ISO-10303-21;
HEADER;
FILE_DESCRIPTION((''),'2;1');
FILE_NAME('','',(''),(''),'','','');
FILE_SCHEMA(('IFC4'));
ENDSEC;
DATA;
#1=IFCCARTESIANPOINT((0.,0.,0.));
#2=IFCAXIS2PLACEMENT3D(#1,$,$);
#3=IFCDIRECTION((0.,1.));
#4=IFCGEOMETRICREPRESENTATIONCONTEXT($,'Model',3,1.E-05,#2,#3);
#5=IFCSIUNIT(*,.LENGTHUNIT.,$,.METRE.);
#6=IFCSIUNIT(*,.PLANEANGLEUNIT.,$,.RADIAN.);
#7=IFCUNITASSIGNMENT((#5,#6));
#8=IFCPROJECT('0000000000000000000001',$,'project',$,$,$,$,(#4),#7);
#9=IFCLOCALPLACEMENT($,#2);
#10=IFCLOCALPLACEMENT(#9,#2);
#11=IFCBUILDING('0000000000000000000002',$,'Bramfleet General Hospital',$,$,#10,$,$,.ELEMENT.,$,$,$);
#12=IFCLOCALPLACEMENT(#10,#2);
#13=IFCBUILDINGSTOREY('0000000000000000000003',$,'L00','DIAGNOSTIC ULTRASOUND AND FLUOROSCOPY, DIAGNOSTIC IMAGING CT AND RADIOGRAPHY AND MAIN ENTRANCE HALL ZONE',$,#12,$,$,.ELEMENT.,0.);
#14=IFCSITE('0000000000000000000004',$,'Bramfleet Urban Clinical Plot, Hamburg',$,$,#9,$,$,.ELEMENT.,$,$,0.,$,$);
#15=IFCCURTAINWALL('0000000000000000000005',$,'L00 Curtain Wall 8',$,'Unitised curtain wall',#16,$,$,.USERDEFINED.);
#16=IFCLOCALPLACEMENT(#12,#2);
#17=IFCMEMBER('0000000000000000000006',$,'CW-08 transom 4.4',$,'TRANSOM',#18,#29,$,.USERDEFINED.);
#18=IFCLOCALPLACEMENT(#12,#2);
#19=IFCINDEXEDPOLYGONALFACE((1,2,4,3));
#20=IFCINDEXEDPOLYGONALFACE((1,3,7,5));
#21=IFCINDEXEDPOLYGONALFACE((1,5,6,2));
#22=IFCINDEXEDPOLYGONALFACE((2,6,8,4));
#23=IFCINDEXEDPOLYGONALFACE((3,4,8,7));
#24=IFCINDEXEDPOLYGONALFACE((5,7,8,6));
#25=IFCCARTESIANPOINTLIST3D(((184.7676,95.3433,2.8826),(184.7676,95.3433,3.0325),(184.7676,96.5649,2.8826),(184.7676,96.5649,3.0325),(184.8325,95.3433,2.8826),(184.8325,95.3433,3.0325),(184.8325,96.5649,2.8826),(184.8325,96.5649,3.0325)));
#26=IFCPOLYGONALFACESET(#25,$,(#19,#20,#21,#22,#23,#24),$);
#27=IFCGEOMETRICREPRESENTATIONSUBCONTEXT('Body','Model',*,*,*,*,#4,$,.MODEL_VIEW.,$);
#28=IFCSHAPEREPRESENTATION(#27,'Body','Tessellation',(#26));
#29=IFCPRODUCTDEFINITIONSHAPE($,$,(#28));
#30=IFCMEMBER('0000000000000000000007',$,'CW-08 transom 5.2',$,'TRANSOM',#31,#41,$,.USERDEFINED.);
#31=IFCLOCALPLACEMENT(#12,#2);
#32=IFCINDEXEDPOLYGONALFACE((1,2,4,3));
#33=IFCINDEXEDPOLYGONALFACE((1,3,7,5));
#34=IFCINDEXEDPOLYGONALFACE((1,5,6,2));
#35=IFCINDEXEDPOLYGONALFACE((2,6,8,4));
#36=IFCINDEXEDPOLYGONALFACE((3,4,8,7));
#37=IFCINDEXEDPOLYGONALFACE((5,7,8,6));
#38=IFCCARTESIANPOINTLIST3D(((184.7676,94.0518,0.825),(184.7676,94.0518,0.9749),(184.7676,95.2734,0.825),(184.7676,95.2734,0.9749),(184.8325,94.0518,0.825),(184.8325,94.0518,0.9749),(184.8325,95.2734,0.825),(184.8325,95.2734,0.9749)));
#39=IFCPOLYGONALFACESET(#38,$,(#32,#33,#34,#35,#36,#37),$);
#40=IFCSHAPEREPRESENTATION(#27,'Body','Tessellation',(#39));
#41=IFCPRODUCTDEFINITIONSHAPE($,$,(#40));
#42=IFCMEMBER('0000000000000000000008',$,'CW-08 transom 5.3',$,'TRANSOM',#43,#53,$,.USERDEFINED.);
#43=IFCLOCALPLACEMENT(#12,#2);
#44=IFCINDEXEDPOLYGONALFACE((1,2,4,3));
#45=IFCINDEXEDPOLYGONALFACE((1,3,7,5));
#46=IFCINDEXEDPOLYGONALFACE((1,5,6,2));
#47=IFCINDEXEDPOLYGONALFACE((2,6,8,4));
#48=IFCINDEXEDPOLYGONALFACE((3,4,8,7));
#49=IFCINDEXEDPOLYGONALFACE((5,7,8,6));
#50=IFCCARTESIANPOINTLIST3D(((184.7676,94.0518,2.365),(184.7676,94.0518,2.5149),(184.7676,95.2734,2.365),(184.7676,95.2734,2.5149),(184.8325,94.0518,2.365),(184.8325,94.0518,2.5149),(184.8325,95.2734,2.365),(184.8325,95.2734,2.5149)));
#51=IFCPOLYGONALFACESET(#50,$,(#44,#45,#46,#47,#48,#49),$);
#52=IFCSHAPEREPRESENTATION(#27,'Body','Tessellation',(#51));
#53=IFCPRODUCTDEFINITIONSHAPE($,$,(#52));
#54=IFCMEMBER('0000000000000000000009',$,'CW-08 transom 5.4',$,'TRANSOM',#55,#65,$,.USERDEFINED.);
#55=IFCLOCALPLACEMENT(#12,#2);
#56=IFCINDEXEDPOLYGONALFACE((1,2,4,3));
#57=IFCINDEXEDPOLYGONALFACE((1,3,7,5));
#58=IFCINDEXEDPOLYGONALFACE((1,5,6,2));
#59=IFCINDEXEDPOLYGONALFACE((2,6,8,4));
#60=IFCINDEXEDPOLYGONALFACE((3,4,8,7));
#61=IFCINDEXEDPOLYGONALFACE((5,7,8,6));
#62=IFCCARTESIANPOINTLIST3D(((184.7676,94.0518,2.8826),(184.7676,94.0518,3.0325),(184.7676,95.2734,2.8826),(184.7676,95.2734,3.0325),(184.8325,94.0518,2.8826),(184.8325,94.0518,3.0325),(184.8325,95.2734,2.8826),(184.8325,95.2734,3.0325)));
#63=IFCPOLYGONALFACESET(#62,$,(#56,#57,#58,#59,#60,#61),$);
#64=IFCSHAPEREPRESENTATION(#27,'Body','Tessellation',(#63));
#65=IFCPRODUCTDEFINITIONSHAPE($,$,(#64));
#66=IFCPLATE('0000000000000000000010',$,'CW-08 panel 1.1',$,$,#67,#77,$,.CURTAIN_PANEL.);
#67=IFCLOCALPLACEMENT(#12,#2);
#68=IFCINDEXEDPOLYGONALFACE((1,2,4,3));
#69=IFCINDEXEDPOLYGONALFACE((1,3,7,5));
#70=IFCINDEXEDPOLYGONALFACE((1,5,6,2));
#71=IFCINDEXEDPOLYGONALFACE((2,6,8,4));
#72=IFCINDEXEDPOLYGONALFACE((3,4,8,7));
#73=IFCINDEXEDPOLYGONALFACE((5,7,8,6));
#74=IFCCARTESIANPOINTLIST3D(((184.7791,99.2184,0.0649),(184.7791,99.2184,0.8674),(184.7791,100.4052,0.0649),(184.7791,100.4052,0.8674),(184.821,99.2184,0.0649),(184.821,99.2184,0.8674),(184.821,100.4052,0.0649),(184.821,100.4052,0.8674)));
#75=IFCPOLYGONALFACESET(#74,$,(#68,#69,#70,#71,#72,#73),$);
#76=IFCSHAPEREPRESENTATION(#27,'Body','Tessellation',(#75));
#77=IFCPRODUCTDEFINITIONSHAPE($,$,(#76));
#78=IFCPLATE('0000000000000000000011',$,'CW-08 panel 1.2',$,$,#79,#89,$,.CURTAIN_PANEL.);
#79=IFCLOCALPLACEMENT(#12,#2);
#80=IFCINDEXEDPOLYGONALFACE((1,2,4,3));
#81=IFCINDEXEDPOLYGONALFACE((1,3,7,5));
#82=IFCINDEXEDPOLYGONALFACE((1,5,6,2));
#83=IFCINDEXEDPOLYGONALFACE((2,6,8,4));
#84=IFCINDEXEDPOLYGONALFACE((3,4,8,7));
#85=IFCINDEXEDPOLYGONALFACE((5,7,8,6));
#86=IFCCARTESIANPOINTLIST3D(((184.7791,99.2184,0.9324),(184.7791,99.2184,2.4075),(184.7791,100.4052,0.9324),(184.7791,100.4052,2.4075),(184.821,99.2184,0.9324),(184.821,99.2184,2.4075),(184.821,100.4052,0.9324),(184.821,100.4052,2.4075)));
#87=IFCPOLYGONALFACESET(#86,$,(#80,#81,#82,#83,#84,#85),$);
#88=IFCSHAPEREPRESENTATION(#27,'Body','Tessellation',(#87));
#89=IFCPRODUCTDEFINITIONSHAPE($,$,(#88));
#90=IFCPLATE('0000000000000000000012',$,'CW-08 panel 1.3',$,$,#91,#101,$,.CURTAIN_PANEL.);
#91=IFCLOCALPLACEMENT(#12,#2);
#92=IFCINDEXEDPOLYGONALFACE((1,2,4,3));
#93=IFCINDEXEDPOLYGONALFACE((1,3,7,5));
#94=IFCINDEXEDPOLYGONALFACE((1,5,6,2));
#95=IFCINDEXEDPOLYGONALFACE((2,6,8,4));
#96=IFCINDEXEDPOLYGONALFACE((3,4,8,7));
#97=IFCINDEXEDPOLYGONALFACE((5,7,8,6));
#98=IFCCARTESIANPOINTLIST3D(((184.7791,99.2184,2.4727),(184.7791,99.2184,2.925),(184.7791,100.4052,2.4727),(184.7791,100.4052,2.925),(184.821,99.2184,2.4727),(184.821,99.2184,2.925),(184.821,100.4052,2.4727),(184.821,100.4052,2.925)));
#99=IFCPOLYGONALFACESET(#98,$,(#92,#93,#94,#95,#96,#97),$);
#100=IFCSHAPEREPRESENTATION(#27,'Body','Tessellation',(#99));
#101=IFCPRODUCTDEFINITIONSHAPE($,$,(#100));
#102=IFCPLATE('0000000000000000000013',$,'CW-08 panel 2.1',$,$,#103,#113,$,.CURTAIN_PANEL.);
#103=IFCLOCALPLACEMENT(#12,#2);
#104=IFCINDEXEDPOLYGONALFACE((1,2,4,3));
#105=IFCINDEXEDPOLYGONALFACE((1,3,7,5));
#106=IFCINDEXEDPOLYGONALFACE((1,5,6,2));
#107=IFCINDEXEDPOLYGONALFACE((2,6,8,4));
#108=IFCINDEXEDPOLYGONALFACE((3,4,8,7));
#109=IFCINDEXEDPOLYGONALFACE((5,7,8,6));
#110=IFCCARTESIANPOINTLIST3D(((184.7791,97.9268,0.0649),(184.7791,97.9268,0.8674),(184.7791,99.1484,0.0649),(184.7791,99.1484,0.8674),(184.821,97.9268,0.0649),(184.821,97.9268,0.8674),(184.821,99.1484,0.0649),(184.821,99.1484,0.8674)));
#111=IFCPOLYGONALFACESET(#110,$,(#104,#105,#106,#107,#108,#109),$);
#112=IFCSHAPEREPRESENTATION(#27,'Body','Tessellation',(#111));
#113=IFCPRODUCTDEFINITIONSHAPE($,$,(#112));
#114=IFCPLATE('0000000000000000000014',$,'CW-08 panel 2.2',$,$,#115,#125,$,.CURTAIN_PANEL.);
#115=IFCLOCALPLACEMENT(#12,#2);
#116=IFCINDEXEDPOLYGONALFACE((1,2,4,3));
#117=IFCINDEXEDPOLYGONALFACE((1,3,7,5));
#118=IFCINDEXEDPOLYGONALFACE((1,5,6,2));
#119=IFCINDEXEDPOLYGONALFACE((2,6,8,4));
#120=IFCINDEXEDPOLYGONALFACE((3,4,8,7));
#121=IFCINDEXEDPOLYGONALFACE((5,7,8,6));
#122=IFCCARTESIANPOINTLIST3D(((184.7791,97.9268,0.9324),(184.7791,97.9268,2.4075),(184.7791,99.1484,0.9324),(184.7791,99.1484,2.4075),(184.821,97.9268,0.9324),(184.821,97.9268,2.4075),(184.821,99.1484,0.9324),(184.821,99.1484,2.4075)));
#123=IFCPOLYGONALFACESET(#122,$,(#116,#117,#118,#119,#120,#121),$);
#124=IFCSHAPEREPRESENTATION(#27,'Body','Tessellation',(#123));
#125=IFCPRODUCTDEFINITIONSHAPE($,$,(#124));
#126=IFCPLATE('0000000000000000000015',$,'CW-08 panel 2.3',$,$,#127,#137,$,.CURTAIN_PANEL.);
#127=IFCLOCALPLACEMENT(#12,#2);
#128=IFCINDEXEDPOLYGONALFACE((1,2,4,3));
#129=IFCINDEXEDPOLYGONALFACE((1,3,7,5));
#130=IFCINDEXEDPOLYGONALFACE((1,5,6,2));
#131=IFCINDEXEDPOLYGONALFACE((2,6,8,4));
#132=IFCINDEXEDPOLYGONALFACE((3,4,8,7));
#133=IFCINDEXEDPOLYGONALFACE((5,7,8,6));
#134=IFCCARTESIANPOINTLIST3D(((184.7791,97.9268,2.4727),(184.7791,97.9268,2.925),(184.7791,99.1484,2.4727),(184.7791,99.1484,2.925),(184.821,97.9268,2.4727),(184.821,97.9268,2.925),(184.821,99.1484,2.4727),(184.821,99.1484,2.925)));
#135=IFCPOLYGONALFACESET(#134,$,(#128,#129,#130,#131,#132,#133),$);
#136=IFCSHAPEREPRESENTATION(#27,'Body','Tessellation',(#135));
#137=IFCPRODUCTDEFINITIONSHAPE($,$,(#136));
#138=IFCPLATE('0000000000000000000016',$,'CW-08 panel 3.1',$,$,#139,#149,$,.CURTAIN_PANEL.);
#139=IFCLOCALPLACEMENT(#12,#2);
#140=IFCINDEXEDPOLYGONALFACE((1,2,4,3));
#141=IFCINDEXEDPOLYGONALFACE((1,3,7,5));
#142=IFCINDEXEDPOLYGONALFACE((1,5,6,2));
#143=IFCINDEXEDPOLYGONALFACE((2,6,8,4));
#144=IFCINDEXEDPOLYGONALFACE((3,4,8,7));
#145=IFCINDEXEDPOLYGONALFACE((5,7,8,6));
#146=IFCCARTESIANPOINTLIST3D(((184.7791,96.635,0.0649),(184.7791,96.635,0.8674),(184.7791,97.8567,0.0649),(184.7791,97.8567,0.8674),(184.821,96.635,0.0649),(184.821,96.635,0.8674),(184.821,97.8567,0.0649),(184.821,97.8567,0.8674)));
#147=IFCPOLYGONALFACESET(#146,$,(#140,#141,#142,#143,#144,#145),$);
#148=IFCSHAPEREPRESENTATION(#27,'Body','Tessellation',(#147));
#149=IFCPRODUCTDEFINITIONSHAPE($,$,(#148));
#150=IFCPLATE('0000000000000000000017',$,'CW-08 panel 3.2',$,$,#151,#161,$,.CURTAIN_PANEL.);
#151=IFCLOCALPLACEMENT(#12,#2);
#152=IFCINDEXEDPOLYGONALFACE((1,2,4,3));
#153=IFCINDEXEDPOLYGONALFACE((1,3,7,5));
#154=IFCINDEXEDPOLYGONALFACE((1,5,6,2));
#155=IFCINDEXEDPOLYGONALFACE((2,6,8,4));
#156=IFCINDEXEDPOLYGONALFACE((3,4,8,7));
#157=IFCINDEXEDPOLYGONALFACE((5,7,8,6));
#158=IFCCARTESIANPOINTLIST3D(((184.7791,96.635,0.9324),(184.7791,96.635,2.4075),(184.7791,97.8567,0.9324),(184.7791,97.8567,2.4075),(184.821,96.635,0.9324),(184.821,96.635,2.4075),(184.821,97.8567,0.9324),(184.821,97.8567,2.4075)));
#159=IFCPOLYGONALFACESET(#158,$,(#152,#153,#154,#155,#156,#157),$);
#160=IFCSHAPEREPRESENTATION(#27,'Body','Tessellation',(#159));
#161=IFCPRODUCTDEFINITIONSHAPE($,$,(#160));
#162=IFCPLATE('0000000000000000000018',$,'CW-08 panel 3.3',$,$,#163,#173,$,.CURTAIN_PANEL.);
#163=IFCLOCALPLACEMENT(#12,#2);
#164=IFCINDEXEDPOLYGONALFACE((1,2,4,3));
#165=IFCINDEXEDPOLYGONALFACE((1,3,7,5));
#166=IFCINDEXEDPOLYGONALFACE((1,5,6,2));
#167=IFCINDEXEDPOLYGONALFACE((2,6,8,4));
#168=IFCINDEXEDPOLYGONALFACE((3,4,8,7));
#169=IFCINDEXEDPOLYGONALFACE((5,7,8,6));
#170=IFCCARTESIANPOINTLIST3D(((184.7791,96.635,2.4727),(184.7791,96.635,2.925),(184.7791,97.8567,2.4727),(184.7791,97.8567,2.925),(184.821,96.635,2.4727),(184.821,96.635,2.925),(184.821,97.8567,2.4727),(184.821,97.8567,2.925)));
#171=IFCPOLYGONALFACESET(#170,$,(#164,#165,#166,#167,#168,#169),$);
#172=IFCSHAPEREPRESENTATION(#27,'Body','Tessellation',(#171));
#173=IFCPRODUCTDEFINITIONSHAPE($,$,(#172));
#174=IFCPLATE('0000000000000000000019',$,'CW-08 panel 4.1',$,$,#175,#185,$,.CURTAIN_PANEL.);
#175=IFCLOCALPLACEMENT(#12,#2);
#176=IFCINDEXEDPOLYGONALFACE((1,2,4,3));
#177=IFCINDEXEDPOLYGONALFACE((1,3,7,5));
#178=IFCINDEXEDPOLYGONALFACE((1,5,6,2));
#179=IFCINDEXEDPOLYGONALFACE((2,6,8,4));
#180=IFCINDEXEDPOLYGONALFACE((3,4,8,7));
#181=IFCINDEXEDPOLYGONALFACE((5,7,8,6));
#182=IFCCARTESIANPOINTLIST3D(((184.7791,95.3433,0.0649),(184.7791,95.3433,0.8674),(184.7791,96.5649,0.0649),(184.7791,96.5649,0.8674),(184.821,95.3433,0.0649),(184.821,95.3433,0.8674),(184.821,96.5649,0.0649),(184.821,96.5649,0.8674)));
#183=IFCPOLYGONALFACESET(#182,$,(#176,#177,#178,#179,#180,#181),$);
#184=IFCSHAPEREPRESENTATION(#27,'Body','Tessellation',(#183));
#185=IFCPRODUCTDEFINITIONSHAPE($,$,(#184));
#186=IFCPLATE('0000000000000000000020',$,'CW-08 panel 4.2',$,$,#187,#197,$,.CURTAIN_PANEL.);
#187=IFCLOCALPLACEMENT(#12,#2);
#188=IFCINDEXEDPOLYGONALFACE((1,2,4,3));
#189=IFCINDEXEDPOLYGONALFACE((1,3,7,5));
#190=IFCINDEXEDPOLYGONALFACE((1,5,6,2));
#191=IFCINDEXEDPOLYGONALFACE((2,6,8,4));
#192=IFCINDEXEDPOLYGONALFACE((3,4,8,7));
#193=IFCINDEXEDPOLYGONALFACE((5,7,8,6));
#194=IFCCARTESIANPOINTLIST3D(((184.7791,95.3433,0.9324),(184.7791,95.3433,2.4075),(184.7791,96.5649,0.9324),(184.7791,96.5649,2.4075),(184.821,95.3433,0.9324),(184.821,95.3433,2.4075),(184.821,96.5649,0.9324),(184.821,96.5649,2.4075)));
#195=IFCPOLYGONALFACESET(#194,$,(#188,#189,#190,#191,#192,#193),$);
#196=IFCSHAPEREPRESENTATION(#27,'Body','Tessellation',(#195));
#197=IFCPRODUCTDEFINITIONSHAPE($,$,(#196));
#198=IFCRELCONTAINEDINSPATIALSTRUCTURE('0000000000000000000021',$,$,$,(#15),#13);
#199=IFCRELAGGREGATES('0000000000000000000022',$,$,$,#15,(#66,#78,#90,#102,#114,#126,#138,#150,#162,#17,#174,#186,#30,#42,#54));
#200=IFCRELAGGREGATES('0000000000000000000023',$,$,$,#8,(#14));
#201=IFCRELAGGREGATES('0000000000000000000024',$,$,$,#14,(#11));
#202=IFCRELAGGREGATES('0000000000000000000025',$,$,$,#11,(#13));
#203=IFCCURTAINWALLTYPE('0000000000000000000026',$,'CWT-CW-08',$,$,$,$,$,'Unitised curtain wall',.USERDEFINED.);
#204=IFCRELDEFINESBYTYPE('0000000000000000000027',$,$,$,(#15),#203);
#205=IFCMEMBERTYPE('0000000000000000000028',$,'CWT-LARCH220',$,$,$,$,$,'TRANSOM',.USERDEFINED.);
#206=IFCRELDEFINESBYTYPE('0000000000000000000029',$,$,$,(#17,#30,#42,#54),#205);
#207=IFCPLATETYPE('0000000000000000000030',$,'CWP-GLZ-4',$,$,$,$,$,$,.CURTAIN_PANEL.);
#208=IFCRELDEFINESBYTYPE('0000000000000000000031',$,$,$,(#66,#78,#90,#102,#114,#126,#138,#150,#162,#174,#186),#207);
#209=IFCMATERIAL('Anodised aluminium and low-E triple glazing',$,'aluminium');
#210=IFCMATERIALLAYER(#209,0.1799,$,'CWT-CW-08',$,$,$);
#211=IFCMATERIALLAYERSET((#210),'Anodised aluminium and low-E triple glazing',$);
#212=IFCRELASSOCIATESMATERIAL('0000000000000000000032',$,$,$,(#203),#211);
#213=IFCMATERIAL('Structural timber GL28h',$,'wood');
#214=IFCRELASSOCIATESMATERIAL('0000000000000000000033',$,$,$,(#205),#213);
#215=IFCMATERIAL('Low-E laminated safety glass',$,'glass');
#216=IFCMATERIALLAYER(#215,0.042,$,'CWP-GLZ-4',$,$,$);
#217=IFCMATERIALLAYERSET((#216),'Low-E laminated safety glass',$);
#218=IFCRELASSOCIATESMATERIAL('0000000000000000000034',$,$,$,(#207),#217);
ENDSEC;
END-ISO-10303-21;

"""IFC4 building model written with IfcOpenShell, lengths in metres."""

from ifc_helpers import new_model, si_unit, direction, frame, origin, origin_2d, place, context, subcontext, project, spatial, rectangle, extrude, material, layer, layer_set, material_profile, profile_set, type_object, element, aggregate, save


model = new_model("IFC4")

# Units and contexts
model_context = context("Model", 3, precision=1e-05, world=origin(), true_north=direction((0.0, 1.0)))
body_context = subcontext(model_context, "Body", "Model", "MODEL_VIEW")
ifc_project = project(units=[si_unit("LENGTHUNIT", "METRE"), si_unit("PLANEANGLEUNIT", "RADIAN")], contexts=[model_context])

# Site, building, storey
site_placement = place(None, origin())
site = spatial("IfcSite", under=ifc_project, at=site_placement, Name="Bramfleet Urban Clinical Plot, Hamburg", CompositionType="ELEMENT", RefElevation=0.0)
building_placement = place(site_placement, origin())
building = spatial("IfcBuilding", under=site, at=building_placement, Name="Bramfleet General Hospital", CompositionType="ELEMENT")
storey_placement = place(building_placement, origin())
storey = spatial("IfcBuildingStorey", under=building, at=storey_placement, Name="L00", Description="DIAGNOSTIC ULTRASOUND AND FLUOROSCOPY, DIAGNOSTIC IMAGING CT AND RADIOGRAPHY AND MAIN ENTRANCE HALL ZONE", CompositionType="ELEMENT", Elevation=0.0)

# Curtain wall, members, plates
ifc_material_1 = material(Name="Anodised aluminium and low-E triple glazing", Category="aluminium")
ifc_layer_1 = layer(ifc_material_1, 0.1799, Name="CWT-CW-08")
ifc_layer_set_1 = layer_set([ifc_layer_1], Name="Anodised aluminium and low-E triple glazing")
curtain_wall_type = type_object("IfcCurtainWallType", Name="CWT-CW-08", ElementType="Unitised curtain wall", PredefinedType="USERDEFINED", material=ifc_layer_set_1)
curtain_wall_placement = place(storey_placement, origin())
curtain_wall = element("IfcCurtainWall", 1, at=curtain_wall_placement, inside=storey, type_object=curtain_wall_type, Name="L00 Curtain Wall 8", ObjectType="Unitised curtain wall", PredefinedType="USERDEFINED")
ifc_material_2 = material(Name="Structural timber GL28h", Category="wood")
ifc_material_profile_1 = material_profile(ifc_material_2, rectangle(XDim=0.0649, YDim=0.1499, at=origin_2d()), Name="LARCH 150x65")
ifc_profile_set_1 = profile_set([ifc_material_profile_1], Name="Structural timber GL28h")
member_type_1 = type_object("IfcMemberType", Name="CWT-LARCH220", ElementType="TRANSOM", PredefinedType="USERDEFINED", material=ifc_profile_set_1)
member_1_placement = place(storey_placement, frame((184.8, 96.5649, 2.9575), z_axis=(0.0, -1.0, 0.0), x_axis=(1.0, 0.0, 0.0)))
member_1 = element("IfcMember", 2, at=member_1_placement, type_object=member_type_1, Name="CW-08 transom 4.4", ObjectType="TRANSOM", PredefinedType="USERDEFINED", context=body_context, shape_type="SweptSolid", body=[
    extrude(rectangle(XDim=0.0649, YDim=0.1499, at=origin_2d()), origin(), (0.0, 0.0, 1.0), 1.2217),
])
member_2_placement = place(storey_placement, frame((184.8, 95.2734, 0.8999), z_axis=(0.0, -1.0, 0.0), x_axis=(1.0, 0.0, 0.0)))
member_2 = element("IfcMember", 3, at=member_2_placement, type_object=member_type_1, Name="CW-08 transom 5.2", ObjectType="TRANSOM", PredefinedType="USERDEFINED", context=body_context, shape_type="SweptSolid", body=[
    extrude(rectangle(XDim=0.0649, YDim=0.1499, at=origin_2d()), origin(), (0.0, 0.0, 1.0), 1.2217),
])
member_3_placement = place(storey_placement, frame((184.8, 95.2734, 2.4399), z_axis=(0.0, -1.0, 0.0), x_axis=(1.0, 0.0, 0.0)))
member_3 = element("IfcMember", 4, at=member_3_placement, type_object=member_type_1, Name="CW-08 transom 5.3", ObjectType="TRANSOM", PredefinedType="USERDEFINED", context=body_context, shape_type="SweptSolid", body=[
    extrude(rectangle(XDim=0.0649, YDim=0.1499, at=origin_2d()), origin(), (0.0, 0.0, 1.0), 1.2217),
])
member_4_placement = place(storey_placement, frame((184.8, 95.2734, 2.9575), z_axis=(0.0, -1.0, 0.0), x_axis=(1.0, 0.0, 0.0)))
member_4 = element("IfcMember", 5, at=member_4_placement, type_object=member_type_1, Name="CW-08 transom 5.4", ObjectType="TRANSOM", PredefinedType="USERDEFINED", context=body_context, shape_type="SweptSolid", body=[
    extrude(rectangle(XDim=0.0649, YDim=0.1499, at=origin_2d()), origin(), (0.0, 0.0, 1.0), 1.2217),
])
ifc_material_3 = material(Name="Low-E laminated safety glass", Category="glass")
ifc_layer_2 = layer(ifc_material_3, 0.042, Name="CWP-GLZ-4")
ifc_layer_set_2 = layer_set([ifc_layer_2], Name="Low-E laminated safety glass")
plate_type = type_object("IfcPlateType", Name="CWP-GLZ-4", PredefinedType="CURTAIN_PANEL", material=ifc_layer_set_2)
plate_1_placement = place(storey_placement, frame((184.8, 99.8118, 0.0649), z_axis=(0.0, 0.0, 1.0), x_axis=(0.0, -1.0, 0.0)))
plate_1 = element("IfcPlate", 6, at=plate_1_placement, type_object=plate_type, Name="CW-08 panel 1.1", PredefinedType="CURTAIN_PANEL", context=body_context, shape_type="SweptSolid", body=[
    extrude(rectangle(XDim=1.1868, YDim=0.042, at=origin_2d()), origin(), (0.0, 0.0, 1.0), 0.8025),
])
plate_2_placement = place(storey_placement, frame((184.8, 99.8118, 0.9324), z_axis=(0.0, 0.0, 1.0), x_axis=(0.0, -1.0, 0.0)))
plate_2 = element("IfcPlate", 7, at=plate_2_placement, type_object=plate_type, Name="CW-08 panel 1.2", PredefinedType="CURTAIN_PANEL", context=body_context, shape_type="SweptSolid", body=[
    extrude(rectangle(XDim=1.1868, YDim=0.042, at=origin_2d()), origin(), (0.0, 0.0, 1.0), 1.4751),
])
plate_3_placement = place(storey_placement, frame((184.8, 99.8118, 2.4727), z_axis=(0.0, 0.0, 1.0), x_axis=(0.0, -1.0, 0.0)))
plate_3 = element("IfcPlate", 8, at=plate_3_placement, type_object=plate_type, Name="CW-08 panel 1.3", PredefinedType="CURTAIN_PANEL", context=body_context, shape_type="SweptSolid", body=[
    extrude(rectangle(XDim=1.1868, YDim=0.042, at=origin_2d()), origin(), (0.0, 0.0, 1.0), 0.4524),
])
plate_4_placement = place(storey_placement, frame((184.8, 98.5376, 0.0649), z_axis=(0.0, 0.0, 1.0), x_axis=(0.0, -1.0, 0.0)))
plate_4 = element("IfcPlate", 9, at=plate_4_placement, type_object=plate_type, Name="CW-08 panel 2.1", PredefinedType="CURTAIN_PANEL", context=body_context, shape_type="SweptSolid", body=[
    extrude(rectangle(XDim=1.2217, YDim=0.042, at=origin_2d()), origin(), (0.0, 0.0, 1.0), 0.8025),
])
plate_5_placement = place(storey_placement, frame((184.8, 98.5376, 0.9324), z_axis=(0.0, 0.0, 1.0), x_axis=(0.0, -1.0, 0.0)))
plate_5 = element("IfcPlate", 10, at=plate_5_placement, type_object=plate_type, Name="CW-08 panel 2.2", PredefinedType="CURTAIN_PANEL", context=body_context, shape_type="SweptSolid", body=[
    extrude(rectangle(XDim=1.2217, YDim=0.042, at=origin_2d()), origin(), (0.0, 0.0, 1.0), 1.4751),
])
plate_6_placement = place(storey_placement, frame((184.8, 98.5376, 2.4727), z_axis=(0.0, 0.0, 1.0), x_axis=(0.0, -1.0, 0.0)))
plate_6 = element("IfcPlate", 11, at=plate_6_placement, type_object=plate_type, Name="CW-08 panel 2.3", PredefinedType="CURTAIN_PANEL", context=body_context, shape_type="SweptSolid", body=[
    extrude(rectangle(XDim=1.2217, YDim=0.042, at=origin_2d()), origin(), (0.0, 0.0, 1.0), 0.4524),
])
plate_7_placement = place(storey_placement, frame((184.8, 97.2458, 0.0649), z_axis=(0.0, 0.0, 1.0), x_axis=(0.0, -1.0, 0.0)))
plate_7 = element("IfcPlate", 12, at=plate_7_placement, type_object=plate_type, Name="CW-08 panel 3.1", PredefinedType="CURTAIN_PANEL", context=body_context, shape_type="SweptSolid", body=[
    extrude(rectangle(XDim=1.2217, YDim=0.042, at=origin_2d()), origin(), (0.0, 0.0, 1.0), 0.8025),
])
plate_8_placement = place(storey_placement, frame((184.8, 97.2458, 0.9324), z_axis=(0.0, 0.0, 1.0), x_axis=(0.0, -1.0, 0.0)))
plate_8 = element("IfcPlate", 13, at=plate_8_placement, type_object=plate_type, Name="CW-08 panel 3.2", PredefinedType="CURTAIN_PANEL", context=body_context, shape_type="SweptSolid", body=[
    extrude(rectangle(XDim=1.2217, YDim=0.042, at=origin_2d()), origin(), (0.0, 0.0, 1.0), 1.4751),
])
plate_9_placement = place(storey_placement, frame((184.8, 97.2458, 2.4727), z_axis=(0.0, 0.0, 1.0), x_axis=(0.0, -1.0, 0.0)))
plate_9 = element("IfcPlate", 14, at=plate_9_placement, type_object=plate_type, Name="CW-08 panel 3.3", PredefinedType="CURTAIN_PANEL", context=body_context, shape_type="SweptSolid", body=[
    extrude(rectangle(XDim=1.2217, YDim=0.042, at=origin_2d()), origin(), (0.0, 0.0, 1.0), 0.4524),
])
plate_10_placement = place(storey_placement, frame((184.8, 95.9541, 0.0649), z_axis=(0.0, 0.0, 1.0), x_axis=(0.0, -1.0, 0.0)))
plate_10 = element("IfcPlate", 15, at=plate_10_placement, type_object=plate_type, Name="CW-08 panel 4.1", PredefinedType="CURTAIN_PANEL", context=body_context, shape_type="SweptSolid", body=[
    extrude(rectangle(XDim=1.2217, YDim=0.042, at=origin_2d()), origin(), (0.0, 0.0, 1.0), 0.8025),
])
plate_11_placement = place(storey_placement, frame((184.8, 95.9541, 0.9324), z_axis=(0.0, 0.0, 1.0), x_axis=(0.0, -1.0, 0.0)))
plate_11 = element("IfcPlate", 16, at=plate_11_placement, type_object=plate_type, Name="CW-08 panel 4.2", PredefinedType="CURTAIN_PANEL", context=body_context, shape_type="SweptSolid", body=[
    extrude(rectangle(XDim=1.2217, YDim=0.042, at=origin_2d()), origin(), (0.0, 0.0, 1.0), 1.4751),
])
aggregate(curtain_wall, [plate_1, plate_2, plate_3, plate_4, plate_5, plate_6, plate_7, plate_8, plate_9, member_1, plate_10, plate_11, member_2, member_3, member_4])

save(model, "model.ifc")
